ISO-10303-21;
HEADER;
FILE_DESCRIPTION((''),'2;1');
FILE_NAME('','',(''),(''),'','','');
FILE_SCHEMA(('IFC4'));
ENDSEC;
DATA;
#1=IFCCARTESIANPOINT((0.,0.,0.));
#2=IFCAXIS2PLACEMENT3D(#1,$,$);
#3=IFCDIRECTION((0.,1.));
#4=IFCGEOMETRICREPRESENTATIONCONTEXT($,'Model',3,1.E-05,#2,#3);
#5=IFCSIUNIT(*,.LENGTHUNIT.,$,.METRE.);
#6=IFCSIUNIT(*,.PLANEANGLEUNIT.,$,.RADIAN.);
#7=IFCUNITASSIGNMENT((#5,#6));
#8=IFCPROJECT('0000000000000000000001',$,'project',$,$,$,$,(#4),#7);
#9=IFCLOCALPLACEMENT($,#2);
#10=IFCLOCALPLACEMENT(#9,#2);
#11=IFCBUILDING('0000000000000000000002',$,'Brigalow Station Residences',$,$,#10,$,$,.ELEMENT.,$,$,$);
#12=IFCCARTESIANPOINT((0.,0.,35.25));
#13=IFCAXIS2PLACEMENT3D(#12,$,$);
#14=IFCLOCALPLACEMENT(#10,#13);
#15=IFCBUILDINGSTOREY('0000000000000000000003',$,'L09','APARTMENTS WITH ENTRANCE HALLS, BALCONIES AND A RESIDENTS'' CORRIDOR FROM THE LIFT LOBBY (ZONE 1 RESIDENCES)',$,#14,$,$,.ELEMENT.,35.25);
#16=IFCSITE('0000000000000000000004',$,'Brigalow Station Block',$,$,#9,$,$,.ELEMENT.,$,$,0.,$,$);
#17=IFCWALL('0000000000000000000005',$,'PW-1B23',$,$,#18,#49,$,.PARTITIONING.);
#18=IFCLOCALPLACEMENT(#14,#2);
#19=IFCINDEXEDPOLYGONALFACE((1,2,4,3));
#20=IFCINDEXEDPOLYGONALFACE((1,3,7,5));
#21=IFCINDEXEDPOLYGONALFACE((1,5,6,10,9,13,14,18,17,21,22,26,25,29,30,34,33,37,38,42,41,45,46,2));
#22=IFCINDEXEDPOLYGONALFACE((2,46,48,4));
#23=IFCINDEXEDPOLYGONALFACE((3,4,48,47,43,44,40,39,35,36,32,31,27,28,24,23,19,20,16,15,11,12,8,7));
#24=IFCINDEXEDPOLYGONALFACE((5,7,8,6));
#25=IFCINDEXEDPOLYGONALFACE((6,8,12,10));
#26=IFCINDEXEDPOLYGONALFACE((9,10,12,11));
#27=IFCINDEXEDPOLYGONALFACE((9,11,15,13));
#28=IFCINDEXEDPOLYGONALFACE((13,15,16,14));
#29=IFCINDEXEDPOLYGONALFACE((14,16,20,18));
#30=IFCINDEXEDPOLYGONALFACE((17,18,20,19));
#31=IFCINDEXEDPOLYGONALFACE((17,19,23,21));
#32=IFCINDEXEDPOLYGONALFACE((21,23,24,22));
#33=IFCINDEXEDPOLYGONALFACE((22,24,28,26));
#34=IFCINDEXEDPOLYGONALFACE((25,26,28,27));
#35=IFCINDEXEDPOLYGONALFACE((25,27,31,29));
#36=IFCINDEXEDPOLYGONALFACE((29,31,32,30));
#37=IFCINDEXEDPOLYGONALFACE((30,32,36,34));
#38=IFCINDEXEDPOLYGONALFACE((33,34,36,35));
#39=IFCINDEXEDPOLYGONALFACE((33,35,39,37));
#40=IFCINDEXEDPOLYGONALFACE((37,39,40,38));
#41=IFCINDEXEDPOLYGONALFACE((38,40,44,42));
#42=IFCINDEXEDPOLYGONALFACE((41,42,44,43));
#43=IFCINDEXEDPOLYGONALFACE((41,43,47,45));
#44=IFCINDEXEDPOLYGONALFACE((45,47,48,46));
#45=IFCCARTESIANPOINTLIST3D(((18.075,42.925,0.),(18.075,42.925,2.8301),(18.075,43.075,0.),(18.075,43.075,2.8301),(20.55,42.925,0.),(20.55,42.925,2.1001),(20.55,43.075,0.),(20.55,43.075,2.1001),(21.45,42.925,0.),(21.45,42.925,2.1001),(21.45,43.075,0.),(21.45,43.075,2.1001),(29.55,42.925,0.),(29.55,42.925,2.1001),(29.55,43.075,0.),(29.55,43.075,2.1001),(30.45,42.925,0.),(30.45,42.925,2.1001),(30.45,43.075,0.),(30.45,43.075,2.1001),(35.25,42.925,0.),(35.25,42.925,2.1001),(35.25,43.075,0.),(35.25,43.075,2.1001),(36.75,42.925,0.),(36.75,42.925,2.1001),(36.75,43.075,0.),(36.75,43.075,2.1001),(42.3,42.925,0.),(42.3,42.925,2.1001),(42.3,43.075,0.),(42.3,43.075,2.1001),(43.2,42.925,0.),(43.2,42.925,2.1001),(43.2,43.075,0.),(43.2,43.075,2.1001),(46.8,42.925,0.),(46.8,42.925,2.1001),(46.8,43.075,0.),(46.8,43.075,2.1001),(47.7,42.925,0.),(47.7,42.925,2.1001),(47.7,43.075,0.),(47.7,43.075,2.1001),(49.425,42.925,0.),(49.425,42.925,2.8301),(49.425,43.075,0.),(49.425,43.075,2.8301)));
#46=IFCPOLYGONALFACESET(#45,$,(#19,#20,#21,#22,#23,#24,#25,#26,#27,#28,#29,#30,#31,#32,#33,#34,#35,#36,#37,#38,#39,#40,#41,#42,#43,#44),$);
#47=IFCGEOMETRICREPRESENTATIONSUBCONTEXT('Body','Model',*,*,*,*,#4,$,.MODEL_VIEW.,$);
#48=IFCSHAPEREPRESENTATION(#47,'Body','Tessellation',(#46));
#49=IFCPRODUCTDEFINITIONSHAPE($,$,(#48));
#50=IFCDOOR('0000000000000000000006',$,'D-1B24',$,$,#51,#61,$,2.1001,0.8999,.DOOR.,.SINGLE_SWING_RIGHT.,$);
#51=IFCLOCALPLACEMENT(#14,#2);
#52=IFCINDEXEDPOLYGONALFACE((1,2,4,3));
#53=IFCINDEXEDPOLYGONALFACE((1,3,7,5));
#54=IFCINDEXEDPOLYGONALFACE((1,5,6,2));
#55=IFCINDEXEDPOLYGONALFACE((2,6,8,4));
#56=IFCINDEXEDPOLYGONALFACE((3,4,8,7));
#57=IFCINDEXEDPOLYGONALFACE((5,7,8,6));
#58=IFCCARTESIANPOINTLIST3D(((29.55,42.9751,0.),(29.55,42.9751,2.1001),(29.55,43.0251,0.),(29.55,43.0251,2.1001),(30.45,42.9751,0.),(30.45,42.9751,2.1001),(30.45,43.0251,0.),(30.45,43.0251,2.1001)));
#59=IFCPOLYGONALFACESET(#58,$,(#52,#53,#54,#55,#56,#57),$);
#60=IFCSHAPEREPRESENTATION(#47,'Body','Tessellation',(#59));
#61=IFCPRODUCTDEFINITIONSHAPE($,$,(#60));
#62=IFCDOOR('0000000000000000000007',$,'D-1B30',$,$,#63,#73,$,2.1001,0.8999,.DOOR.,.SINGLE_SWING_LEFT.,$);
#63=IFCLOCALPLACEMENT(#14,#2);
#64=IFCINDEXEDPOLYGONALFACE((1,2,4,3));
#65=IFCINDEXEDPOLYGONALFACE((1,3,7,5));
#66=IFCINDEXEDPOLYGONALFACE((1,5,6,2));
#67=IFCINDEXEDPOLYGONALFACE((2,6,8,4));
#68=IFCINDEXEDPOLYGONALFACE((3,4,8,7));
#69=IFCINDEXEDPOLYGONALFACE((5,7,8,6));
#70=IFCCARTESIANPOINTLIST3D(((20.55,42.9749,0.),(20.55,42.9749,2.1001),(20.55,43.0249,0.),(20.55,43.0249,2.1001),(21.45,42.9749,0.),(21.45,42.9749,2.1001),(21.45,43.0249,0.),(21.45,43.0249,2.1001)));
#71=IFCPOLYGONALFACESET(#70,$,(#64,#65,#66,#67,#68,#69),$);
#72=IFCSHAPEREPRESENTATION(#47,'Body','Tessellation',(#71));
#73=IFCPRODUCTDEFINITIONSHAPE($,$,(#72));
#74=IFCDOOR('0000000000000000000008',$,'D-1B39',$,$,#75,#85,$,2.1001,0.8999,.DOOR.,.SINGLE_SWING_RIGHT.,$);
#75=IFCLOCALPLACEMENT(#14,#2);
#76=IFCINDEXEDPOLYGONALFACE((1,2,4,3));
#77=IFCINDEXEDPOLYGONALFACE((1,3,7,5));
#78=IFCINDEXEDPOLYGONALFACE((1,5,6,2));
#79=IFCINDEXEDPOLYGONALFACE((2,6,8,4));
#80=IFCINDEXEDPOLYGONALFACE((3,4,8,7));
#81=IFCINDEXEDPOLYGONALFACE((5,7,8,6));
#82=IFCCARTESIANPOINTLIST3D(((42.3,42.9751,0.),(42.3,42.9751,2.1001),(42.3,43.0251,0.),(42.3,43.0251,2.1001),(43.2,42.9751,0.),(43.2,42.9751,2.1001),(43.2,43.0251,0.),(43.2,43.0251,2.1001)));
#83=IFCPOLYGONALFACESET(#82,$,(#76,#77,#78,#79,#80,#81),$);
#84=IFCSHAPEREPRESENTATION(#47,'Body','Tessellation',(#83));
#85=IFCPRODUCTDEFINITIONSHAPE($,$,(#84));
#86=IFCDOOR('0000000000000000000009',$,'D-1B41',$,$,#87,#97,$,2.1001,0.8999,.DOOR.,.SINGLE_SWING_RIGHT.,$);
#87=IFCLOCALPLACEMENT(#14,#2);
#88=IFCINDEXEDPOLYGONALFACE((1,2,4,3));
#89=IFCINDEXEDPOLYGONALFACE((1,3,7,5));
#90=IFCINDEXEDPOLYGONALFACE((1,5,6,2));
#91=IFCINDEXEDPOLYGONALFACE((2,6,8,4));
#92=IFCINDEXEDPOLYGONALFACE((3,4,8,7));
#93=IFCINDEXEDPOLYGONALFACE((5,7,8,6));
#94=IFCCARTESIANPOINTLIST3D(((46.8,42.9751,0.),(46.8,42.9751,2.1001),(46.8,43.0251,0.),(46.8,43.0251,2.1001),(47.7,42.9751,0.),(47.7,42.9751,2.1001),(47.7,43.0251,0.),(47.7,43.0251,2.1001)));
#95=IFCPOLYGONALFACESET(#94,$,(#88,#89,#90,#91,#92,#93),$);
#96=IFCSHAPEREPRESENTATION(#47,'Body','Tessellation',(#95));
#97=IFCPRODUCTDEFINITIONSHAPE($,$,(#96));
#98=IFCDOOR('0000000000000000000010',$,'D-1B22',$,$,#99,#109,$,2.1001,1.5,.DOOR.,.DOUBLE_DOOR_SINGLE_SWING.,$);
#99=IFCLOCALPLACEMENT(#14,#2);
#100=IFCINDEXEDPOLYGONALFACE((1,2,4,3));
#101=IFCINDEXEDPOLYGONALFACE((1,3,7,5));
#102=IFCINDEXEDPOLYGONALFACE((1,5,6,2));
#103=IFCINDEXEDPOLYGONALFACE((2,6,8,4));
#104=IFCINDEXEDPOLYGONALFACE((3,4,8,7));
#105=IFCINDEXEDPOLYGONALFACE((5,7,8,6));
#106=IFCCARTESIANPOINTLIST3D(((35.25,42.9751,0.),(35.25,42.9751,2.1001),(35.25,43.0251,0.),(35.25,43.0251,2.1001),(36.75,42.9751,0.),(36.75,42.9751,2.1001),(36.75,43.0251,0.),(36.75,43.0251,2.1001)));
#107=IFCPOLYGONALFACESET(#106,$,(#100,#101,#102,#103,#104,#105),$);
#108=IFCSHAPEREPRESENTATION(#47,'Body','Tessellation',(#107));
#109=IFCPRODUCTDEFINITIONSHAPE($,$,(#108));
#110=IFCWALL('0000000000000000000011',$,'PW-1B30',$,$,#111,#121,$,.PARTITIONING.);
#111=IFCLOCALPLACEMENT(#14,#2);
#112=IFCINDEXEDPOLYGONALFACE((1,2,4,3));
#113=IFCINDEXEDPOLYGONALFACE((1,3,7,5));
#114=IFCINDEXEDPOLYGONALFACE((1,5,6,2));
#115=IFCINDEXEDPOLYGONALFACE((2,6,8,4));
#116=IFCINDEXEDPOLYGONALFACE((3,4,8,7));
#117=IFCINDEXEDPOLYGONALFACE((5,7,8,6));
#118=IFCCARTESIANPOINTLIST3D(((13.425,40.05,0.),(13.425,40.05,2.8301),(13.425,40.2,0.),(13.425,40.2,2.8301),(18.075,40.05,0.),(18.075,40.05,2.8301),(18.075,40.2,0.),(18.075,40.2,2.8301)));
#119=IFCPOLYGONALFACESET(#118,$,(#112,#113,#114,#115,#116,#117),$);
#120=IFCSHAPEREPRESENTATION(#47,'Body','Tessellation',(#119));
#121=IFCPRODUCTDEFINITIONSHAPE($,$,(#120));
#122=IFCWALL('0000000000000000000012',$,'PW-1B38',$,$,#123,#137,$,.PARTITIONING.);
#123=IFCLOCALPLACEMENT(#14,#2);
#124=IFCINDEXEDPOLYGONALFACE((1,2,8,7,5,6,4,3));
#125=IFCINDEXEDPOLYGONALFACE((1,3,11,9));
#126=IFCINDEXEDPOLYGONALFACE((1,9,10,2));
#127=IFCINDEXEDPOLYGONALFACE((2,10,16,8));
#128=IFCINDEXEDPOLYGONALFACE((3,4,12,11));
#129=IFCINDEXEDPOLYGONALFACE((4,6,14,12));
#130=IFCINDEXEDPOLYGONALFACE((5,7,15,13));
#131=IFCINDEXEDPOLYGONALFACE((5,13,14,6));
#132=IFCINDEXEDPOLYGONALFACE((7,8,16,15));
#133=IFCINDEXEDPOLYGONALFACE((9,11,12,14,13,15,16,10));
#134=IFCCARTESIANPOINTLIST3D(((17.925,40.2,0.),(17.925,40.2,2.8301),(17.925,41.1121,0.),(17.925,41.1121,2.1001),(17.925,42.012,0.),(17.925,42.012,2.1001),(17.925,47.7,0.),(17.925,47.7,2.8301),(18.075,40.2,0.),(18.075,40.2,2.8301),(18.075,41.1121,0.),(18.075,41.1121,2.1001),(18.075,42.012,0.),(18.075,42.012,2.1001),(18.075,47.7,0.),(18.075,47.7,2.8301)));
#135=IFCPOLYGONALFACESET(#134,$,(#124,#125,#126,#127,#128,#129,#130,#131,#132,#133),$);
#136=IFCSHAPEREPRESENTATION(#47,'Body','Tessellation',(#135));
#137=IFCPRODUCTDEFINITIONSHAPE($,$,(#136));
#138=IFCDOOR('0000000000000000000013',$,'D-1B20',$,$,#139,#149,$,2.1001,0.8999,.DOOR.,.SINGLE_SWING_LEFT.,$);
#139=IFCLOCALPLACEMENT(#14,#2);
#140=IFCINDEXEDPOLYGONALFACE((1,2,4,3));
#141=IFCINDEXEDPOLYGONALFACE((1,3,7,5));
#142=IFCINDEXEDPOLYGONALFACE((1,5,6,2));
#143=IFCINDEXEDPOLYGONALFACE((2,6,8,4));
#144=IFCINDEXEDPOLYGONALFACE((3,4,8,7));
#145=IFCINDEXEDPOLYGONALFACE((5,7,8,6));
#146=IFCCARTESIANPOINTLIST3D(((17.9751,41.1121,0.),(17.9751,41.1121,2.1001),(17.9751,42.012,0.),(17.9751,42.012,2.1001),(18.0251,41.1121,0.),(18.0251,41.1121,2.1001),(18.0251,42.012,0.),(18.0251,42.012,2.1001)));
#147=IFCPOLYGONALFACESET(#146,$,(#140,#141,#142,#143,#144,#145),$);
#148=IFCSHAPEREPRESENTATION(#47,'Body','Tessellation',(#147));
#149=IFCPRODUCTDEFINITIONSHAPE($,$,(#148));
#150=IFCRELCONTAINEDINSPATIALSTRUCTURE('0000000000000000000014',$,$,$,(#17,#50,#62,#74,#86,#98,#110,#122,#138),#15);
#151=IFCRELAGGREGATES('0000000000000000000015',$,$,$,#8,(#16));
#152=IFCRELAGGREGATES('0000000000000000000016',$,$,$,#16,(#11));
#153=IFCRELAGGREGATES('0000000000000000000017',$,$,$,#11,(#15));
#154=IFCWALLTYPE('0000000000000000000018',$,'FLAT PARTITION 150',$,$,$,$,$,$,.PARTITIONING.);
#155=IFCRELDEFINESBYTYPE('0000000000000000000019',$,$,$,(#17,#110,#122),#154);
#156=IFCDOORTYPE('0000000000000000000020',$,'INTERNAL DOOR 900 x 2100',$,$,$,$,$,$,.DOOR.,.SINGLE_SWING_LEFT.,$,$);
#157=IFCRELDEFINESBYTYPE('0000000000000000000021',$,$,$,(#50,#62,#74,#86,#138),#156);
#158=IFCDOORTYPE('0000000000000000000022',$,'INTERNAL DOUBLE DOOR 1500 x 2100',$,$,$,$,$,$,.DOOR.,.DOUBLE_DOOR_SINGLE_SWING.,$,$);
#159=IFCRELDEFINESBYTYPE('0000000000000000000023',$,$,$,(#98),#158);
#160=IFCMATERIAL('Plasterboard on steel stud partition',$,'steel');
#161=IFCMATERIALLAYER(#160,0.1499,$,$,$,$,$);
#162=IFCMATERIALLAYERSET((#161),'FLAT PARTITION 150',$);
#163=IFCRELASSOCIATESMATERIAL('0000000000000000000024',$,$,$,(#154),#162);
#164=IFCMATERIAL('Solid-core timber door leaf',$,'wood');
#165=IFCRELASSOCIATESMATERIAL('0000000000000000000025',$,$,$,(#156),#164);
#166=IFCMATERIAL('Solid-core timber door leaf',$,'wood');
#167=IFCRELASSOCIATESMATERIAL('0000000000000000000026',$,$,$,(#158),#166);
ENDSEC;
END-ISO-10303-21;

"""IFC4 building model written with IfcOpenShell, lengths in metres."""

from ifc_helpers import new_model, si_unit, direction, frame, frame_2d, origin, place, context, subcontext, project, spatial, rectangle, extrude, material, layer, layer_set, type_object, element, fill, save


model = new_model("IFC4")

# Units and contexts
model_context = context("Model", 3, precision=1e-05, world=origin(), true_north=direction((0.0, 1.0)))
body_context = subcontext(model_context, "Body", "Model", "MODEL_VIEW")
ifc_project = project(units=[si_unit("LENGTHUNIT", "METRE"), si_unit("PLANEANGLEUNIT", "RADIAN")], contexts=[model_context])

# Site, building, storey
site_placement = place(None, origin())
site = spatial("IfcSite", under=ifc_project, at=site_placement, Name="Brigalow Station Block", CompositionType="ELEMENT", RefElevation=0.0)
building_placement = place(site_placement, origin())
building = spatial("IfcBuilding", under=site, at=building_placement, Name="Brigalow Station Residences", CompositionType="ELEMENT")
storey_placement = place(building_placement, frame((0.0, 0.0, 35.25)))
storey = spatial("IfcBuildingStorey", under=building, at=storey_placement, Name="L09", Description="APARTMENTS WITH ENTRANCE HALLS, BALCONIES AND A RESIDENTS' CORRIDOR FROM THE LIFT LOBBY (ZONE 1 RESIDENCES)", CompositionType="ELEMENT", Elevation=35.25)

# Wall, openings, doors
ifc_material_1 = material(Name="Plasterboard on steel stud partition", Category="steel")
ifc_layer_1 = layer(ifc_material_1, 0.1499)
ifc_layer_set_1 = layer_set([ifc_layer_1], Name="FLAT PARTITION 150")
wall_type_1 = type_object("IfcWallType", Name="FLAT PARTITION 150", PredefinedType="PARTITIONING", material=ifc_layer_set_1)
wall_1_placement = place(storey_placement, frame((18.075, 43.0, 0.0), z_axis=(0.0, 0.0, 1.0), x_axis=(1.0, 0.0, 0.0)))
wall_1 = element("IfcWall", 1, at=wall_1_placement, inside=storey, type_object=wall_type_1, Name="PW-1B23", PredefinedType="PARTITIONING", context=body_context, shape_type="SweptSolid", body=[
    extrude(rectangle(XDim=31.3501, YDim=0.1499, at=frame_2d((15.675, 0.0))), origin(), (0.0, 0.0, 1.0), 2.8301),
])
opening_1_placement = place(wall_1_placement, frame((17.175, 0.0, 0.0)))
opening_1 = element("IfcOpeningElement", 2, at=opening_1_placement, cuts=wall_1, PredefinedType="OPENING", context=body_context, shape_type="SweptSolid", body=[
    extrude(rectangle(XDim=1.5, YDim=2.1001, at=frame_2d((0.75, 1.05))), frame((0.0, 0.085, 0.0), z_axis=(0.0, -1.0, 0.0), x_axis=(1.0, 0.0, 0.0)), (0.0, 0.0, 1.0), 0.1699),
])
opening_2_placement = place(wall_1_placement, frame((11.4751, 0.0, 0.0)))
opening_2 = element("IfcOpeningElement", 3, at=opening_2_placement, cuts=wall_1, PredefinedType="OPENING", context=body_context, shape_type="SweptSolid", body=[
    extrude(rectangle(XDim=0.8999, YDim=2.1001, at=frame_2d((0.45, 1.05))), frame((0.0, 0.085, 0.0), z_axis=(0.0, -1.0, 0.0), x_axis=(1.0, 0.0, 0.0)), (0.0, 0.0, 1.0), 0.1699),
])
opening_3_placement = place(wall_1_placement, frame((2.4751, 0.0, 0.0)))
opening_3 = element("IfcOpeningElement", 4, at=opening_3_placement, cuts=wall_1, PredefinedType="OPENING", context=body_context, shape_type="SweptSolid", body=[
    extrude(rectangle(XDim=0.8999, YDim=2.1001, at=frame_2d((0.45, 1.05))), frame((0.0, 0.085, 0.0), z_axis=(0.0, -1.0, 0.0), x_axis=(1.0, 0.0, 0.0)), (0.0, 0.0, 1.0), 0.1699),
])
opening_4_placement = place(wall_1_placement, frame((24.2251, 0.0, 0.0)))
opening_4 = element("IfcOpeningElement", 5, at=opening_4_placement, cuts=wall_1, PredefinedType="OPENING", context=body_context, shape_type="SweptSolid", body=[
    extrude(rectangle(XDim=0.8999, YDim=2.1001, at=frame_2d((0.45, 1.05))), frame((0.0, 0.085, 0.0), z_axis=(0.0, -1.0, 0.0), x_axis=(1.0, 0.0, 0.0)), (0.0, 0.0, 1.0), 0.1699),
])
opening_5_placement = place(wall_1_placement, frame((28.7251, 0.0, 0.0)))
opening_5 = element("IfcOpeningElement", 6, at=opening_5_placement, cuts=wall_1, PredefinedType="OPENING", context=body_context, shape_type="SweptSolid", body=[
    extrude(rectangle(XDim=0.8999, YDim=2.1001, at=frame_2d((0.45, 1.05))), frame((0.0, 0.085, 0.0), z_axis=(0.0, -1.0, 0.0), x_axis=(1.0, 0.0, 0.0)), (0.0, 0.0, 1.0), 0.1699),
])
ifc_material_2 = material(Name="Solid-core timber door leaf", Category="wood")
door_type_1 = type_object("IfcDoorType", Name="INTERNAL DOOR 900 x 2100", OperationType="SINGLE_SWING_LEFT", PredefinedType="DOOR", material=ifc_material_2)
door_1_placement = place(opening_2_placement, frame((0.8999, 0.0, 0.0), z_axis=(0.0, 0.0, 1.0), x_axis=(-1.0, 0.0, 0.0)))
door_1 = element("IfcDoor", 7, at=door_1_placement, inside=storey, type_object=door_type_1, Name="D-1B24", OperationType="SINGLE_SWING_RIGHT", OverallHeight=2.1001, OverallWidth=0.8999, PredefinedType="DOOR", context=body_context, shape_type="SweptSolid", body=[
    extrude(rectangle(XDim=0.8999, YDim=2.1001, at=frame_2d((0.45, 1.05))), frame((0.0, 0.0249, 0.0), z_axis=(0.0, -1.0, 0.0), x_axis=(1.0, 0.0, 0.0)), (0.0, 0.0, 1.0), 0.05),
])
fill(opening_2, door_1)
door_2_placement = place(opening_3_placement, origin())
door_2 = element("IfcDoor", 8, at=door_2_placement, inside=storey, type_object=door_type_1, Name="D-1B30", OperationType="SINGLE_SWING_LEFT", OverallHeight=2.1001, OverallWidth=0.8999, PredefinedType="DOOR", context=body_context, shape_type="SweptSolid", body=[
    extrude(rectangle(XDim=0.8999, YDim=2.1001, at=frame_2d((0.45, 1.05))), frame((0.0, 0.0249, 0.0), z_axis=(0.0, -1.0, 0.0), x_axis=(1.0, 0.0, 0.0)), (0.0, 0.0, 1.0), 0.05),
])
fill(opening_3, door_2)
door_3_placement = place(opening_4_placement, frame((0.8999, 0.0, 0.0), z_axis=(0.0, 0.0, 1.0), x_axis=(-1.0, 0.0, 0.0)))
door_3 = element("IfcDoor", 9, at=door_3_placement, inside=storey, type_object=door_type_1, Name="D-1B39", OperationType="SINGLE_SWING_RIGHT", OverallHeight=2.1001, OverallWidth=0.8999, PredefinedType="DOOR", context=body_context, shape_type="SweptSolid", body=[
    extrude(rectangle(XDim=0.8999, YDim=2.1001, at=frame_2d((0.45, 1.05))), frame((0.0, 0.0249, 0.0), z_axis=(0.0, -1.0, 0.0), x_axis=(1.0, 0.0, 0.0)), (0.0, 0.0, 1.0), 0.05),
])
fill(opening_4, door_3)
door_4_placement = place(opening_5_placement, frame((0.8999, 0.0, 0.0), z_axis=(0.0, 0.0, 1.0), x_axis=(-1.0, 0.0, 0.0)))
door_4 = element("IfcDoor", 10, at=door_4_placement, inside=storey, type_object=door_type_1, Name="D-1B41", OperationType="SINGLE_SWING_RIGHT", OverallHeight=2.1001, OverallWidth=0.8999, PredefinedType="DOOR", context=body_context, shape_type="SweptSolid", body=[
    extrude(rectangle(XDim=0.8999, YDim=2.1001, at=frame_2d((0.45, 1.05))), frame((0.0, 0.0249, 0.0), z_axis=(0.0, -1.0, 0.0), x_axis=(1.0, 0.0, 0.0)), (0.0, 0.0, 1.0), 0.05),
])
fill(opening_5, door_4)
ifc_material_3 = material(Name="Solid-core timber door leaf", Category="wood")
door_type_2 = type_object("IfcDoorType", Name="INTERNAL DOUBLE DOOR 1500 x 2100", OperationType="DOUBLE_DOOR_SINGLE_SWING", PredefinedType="DOOR", material=ifc_material_3)
door_5_placement = place(opening_1_placement, frame((1.5, 0.0, 0.0), z_axis=(0.0, 0.0, 1.0), x_axis=(-1.0, 0.0, 0.0)))
door_5 = element("IfcDoor", 11, at=door_5_placement, inside=storey, type_object=door_type_2, Name="D-1B22", OperationType="DOUBLE_DOOR_SINGLE_SWING", OverallHeight=2.1001, OverallWidth=1.5, PredefinedType="DOOR", context=body_context, shape_type="SweptSolid", body=[
    extrude(rectangle(XDim=1.5, YDim=2.1001, at=frame_2d((0.75, 1.05))), frame((0.0, 0.0249, 0.0), z_axis=(0.0, -1.0, 0.0), x_axis=(1.0, 0.0, 0.0)), (0.0, 0.0, 1.0), 0.05),
])
fill(opening_1, door_5)

# Wall
wall_2_placement = place(storey_placement, frame((13.425, 40.125, 0.0), z_axis=(0.0, 0.0, 1.0), x_axis=(1.0, 0.0, 0.0)))
element("IfcWall", 12, at=wall_2_placement, inside=storey, type_object=wall_type_1, Name="PW-1B30", PredefinedType="PARTITIONING", context=body_context, shape_type="SweptSolid", body=[
    extrude(rectangle(XDim=4.6499, YDim=0.1499, at=frame_2d((2.325, 0.0))), origin(), (0.0, 0.0, 1.0), 2.8301),
])

# Wall, opening, door
wall_3_placement = place(storey_placement, frame((18.0, 40.2, 0.0), z_axis=(0.0, 0.0, 1.0), x_axis=(0.0, 1.0, 0.0)))
wall_3 = element("IfcWall", 13, at=wall_3_placement, inside=storey, type_object=wall_type_1, Name="PW-1B38", PredefinedType="PARTITIONING", context=body_context, shape_type="SweptSolid", body=[
    extrude(rectangle(XDim=7.5, YDim=0.1499, at=frame_2d((3.75, 0.0))), origin(), (0.0, 0.0, 1.0), 2.8301),
])
opening_6_placement = place(wall_3_placement, frame((0.9121, 0.0, 0.0)))
opening_6 = element("IfcOpeningElement", 14, at=opening_6_placement, cuts=wall_3, PredefinedType="OPENING", context=body_context, shape_type="SweptSolid", body=[
    extrude(rectangle(XDim=0.8999, YDim=2.1001, at=frame_2d((0.45, 1.05))), frame((0.0, 0.085, 0.0), z_axis=(0.0, -1.0, 0.0), x_axis=(1.0, 0.0, 0.0)), (0.0, 0.0, 1.0), 0.1699),
])
door_6_placement = place(opening_6_placement, origin())
door_6 = element("IfcDoor", 15, at=door_6_placement, inside=storey, type_object=door_type_1, Name="D-1B20", OperationType="SINGLE_SWING_LEFT", OverallHeight=2.1001, OverallWidth=0.8999, PredefinedType="DOOR", context=body_context, shape_type="SweptSolid", body=[
    extrude(rectangle(XDim=0.8999, YDim=2.1001, at=frame_2d((0.45, 1.05))), frame((0.0, 0.0249, 0.0), z_axis=(0.0, -1.0, 0.0), x_axis=(1.0, 0.0, 0.0)), (0.0, 0.0, 1.0), 0.05),
])
fill(opening_6, door_6)

save(model, "model.ifc")
